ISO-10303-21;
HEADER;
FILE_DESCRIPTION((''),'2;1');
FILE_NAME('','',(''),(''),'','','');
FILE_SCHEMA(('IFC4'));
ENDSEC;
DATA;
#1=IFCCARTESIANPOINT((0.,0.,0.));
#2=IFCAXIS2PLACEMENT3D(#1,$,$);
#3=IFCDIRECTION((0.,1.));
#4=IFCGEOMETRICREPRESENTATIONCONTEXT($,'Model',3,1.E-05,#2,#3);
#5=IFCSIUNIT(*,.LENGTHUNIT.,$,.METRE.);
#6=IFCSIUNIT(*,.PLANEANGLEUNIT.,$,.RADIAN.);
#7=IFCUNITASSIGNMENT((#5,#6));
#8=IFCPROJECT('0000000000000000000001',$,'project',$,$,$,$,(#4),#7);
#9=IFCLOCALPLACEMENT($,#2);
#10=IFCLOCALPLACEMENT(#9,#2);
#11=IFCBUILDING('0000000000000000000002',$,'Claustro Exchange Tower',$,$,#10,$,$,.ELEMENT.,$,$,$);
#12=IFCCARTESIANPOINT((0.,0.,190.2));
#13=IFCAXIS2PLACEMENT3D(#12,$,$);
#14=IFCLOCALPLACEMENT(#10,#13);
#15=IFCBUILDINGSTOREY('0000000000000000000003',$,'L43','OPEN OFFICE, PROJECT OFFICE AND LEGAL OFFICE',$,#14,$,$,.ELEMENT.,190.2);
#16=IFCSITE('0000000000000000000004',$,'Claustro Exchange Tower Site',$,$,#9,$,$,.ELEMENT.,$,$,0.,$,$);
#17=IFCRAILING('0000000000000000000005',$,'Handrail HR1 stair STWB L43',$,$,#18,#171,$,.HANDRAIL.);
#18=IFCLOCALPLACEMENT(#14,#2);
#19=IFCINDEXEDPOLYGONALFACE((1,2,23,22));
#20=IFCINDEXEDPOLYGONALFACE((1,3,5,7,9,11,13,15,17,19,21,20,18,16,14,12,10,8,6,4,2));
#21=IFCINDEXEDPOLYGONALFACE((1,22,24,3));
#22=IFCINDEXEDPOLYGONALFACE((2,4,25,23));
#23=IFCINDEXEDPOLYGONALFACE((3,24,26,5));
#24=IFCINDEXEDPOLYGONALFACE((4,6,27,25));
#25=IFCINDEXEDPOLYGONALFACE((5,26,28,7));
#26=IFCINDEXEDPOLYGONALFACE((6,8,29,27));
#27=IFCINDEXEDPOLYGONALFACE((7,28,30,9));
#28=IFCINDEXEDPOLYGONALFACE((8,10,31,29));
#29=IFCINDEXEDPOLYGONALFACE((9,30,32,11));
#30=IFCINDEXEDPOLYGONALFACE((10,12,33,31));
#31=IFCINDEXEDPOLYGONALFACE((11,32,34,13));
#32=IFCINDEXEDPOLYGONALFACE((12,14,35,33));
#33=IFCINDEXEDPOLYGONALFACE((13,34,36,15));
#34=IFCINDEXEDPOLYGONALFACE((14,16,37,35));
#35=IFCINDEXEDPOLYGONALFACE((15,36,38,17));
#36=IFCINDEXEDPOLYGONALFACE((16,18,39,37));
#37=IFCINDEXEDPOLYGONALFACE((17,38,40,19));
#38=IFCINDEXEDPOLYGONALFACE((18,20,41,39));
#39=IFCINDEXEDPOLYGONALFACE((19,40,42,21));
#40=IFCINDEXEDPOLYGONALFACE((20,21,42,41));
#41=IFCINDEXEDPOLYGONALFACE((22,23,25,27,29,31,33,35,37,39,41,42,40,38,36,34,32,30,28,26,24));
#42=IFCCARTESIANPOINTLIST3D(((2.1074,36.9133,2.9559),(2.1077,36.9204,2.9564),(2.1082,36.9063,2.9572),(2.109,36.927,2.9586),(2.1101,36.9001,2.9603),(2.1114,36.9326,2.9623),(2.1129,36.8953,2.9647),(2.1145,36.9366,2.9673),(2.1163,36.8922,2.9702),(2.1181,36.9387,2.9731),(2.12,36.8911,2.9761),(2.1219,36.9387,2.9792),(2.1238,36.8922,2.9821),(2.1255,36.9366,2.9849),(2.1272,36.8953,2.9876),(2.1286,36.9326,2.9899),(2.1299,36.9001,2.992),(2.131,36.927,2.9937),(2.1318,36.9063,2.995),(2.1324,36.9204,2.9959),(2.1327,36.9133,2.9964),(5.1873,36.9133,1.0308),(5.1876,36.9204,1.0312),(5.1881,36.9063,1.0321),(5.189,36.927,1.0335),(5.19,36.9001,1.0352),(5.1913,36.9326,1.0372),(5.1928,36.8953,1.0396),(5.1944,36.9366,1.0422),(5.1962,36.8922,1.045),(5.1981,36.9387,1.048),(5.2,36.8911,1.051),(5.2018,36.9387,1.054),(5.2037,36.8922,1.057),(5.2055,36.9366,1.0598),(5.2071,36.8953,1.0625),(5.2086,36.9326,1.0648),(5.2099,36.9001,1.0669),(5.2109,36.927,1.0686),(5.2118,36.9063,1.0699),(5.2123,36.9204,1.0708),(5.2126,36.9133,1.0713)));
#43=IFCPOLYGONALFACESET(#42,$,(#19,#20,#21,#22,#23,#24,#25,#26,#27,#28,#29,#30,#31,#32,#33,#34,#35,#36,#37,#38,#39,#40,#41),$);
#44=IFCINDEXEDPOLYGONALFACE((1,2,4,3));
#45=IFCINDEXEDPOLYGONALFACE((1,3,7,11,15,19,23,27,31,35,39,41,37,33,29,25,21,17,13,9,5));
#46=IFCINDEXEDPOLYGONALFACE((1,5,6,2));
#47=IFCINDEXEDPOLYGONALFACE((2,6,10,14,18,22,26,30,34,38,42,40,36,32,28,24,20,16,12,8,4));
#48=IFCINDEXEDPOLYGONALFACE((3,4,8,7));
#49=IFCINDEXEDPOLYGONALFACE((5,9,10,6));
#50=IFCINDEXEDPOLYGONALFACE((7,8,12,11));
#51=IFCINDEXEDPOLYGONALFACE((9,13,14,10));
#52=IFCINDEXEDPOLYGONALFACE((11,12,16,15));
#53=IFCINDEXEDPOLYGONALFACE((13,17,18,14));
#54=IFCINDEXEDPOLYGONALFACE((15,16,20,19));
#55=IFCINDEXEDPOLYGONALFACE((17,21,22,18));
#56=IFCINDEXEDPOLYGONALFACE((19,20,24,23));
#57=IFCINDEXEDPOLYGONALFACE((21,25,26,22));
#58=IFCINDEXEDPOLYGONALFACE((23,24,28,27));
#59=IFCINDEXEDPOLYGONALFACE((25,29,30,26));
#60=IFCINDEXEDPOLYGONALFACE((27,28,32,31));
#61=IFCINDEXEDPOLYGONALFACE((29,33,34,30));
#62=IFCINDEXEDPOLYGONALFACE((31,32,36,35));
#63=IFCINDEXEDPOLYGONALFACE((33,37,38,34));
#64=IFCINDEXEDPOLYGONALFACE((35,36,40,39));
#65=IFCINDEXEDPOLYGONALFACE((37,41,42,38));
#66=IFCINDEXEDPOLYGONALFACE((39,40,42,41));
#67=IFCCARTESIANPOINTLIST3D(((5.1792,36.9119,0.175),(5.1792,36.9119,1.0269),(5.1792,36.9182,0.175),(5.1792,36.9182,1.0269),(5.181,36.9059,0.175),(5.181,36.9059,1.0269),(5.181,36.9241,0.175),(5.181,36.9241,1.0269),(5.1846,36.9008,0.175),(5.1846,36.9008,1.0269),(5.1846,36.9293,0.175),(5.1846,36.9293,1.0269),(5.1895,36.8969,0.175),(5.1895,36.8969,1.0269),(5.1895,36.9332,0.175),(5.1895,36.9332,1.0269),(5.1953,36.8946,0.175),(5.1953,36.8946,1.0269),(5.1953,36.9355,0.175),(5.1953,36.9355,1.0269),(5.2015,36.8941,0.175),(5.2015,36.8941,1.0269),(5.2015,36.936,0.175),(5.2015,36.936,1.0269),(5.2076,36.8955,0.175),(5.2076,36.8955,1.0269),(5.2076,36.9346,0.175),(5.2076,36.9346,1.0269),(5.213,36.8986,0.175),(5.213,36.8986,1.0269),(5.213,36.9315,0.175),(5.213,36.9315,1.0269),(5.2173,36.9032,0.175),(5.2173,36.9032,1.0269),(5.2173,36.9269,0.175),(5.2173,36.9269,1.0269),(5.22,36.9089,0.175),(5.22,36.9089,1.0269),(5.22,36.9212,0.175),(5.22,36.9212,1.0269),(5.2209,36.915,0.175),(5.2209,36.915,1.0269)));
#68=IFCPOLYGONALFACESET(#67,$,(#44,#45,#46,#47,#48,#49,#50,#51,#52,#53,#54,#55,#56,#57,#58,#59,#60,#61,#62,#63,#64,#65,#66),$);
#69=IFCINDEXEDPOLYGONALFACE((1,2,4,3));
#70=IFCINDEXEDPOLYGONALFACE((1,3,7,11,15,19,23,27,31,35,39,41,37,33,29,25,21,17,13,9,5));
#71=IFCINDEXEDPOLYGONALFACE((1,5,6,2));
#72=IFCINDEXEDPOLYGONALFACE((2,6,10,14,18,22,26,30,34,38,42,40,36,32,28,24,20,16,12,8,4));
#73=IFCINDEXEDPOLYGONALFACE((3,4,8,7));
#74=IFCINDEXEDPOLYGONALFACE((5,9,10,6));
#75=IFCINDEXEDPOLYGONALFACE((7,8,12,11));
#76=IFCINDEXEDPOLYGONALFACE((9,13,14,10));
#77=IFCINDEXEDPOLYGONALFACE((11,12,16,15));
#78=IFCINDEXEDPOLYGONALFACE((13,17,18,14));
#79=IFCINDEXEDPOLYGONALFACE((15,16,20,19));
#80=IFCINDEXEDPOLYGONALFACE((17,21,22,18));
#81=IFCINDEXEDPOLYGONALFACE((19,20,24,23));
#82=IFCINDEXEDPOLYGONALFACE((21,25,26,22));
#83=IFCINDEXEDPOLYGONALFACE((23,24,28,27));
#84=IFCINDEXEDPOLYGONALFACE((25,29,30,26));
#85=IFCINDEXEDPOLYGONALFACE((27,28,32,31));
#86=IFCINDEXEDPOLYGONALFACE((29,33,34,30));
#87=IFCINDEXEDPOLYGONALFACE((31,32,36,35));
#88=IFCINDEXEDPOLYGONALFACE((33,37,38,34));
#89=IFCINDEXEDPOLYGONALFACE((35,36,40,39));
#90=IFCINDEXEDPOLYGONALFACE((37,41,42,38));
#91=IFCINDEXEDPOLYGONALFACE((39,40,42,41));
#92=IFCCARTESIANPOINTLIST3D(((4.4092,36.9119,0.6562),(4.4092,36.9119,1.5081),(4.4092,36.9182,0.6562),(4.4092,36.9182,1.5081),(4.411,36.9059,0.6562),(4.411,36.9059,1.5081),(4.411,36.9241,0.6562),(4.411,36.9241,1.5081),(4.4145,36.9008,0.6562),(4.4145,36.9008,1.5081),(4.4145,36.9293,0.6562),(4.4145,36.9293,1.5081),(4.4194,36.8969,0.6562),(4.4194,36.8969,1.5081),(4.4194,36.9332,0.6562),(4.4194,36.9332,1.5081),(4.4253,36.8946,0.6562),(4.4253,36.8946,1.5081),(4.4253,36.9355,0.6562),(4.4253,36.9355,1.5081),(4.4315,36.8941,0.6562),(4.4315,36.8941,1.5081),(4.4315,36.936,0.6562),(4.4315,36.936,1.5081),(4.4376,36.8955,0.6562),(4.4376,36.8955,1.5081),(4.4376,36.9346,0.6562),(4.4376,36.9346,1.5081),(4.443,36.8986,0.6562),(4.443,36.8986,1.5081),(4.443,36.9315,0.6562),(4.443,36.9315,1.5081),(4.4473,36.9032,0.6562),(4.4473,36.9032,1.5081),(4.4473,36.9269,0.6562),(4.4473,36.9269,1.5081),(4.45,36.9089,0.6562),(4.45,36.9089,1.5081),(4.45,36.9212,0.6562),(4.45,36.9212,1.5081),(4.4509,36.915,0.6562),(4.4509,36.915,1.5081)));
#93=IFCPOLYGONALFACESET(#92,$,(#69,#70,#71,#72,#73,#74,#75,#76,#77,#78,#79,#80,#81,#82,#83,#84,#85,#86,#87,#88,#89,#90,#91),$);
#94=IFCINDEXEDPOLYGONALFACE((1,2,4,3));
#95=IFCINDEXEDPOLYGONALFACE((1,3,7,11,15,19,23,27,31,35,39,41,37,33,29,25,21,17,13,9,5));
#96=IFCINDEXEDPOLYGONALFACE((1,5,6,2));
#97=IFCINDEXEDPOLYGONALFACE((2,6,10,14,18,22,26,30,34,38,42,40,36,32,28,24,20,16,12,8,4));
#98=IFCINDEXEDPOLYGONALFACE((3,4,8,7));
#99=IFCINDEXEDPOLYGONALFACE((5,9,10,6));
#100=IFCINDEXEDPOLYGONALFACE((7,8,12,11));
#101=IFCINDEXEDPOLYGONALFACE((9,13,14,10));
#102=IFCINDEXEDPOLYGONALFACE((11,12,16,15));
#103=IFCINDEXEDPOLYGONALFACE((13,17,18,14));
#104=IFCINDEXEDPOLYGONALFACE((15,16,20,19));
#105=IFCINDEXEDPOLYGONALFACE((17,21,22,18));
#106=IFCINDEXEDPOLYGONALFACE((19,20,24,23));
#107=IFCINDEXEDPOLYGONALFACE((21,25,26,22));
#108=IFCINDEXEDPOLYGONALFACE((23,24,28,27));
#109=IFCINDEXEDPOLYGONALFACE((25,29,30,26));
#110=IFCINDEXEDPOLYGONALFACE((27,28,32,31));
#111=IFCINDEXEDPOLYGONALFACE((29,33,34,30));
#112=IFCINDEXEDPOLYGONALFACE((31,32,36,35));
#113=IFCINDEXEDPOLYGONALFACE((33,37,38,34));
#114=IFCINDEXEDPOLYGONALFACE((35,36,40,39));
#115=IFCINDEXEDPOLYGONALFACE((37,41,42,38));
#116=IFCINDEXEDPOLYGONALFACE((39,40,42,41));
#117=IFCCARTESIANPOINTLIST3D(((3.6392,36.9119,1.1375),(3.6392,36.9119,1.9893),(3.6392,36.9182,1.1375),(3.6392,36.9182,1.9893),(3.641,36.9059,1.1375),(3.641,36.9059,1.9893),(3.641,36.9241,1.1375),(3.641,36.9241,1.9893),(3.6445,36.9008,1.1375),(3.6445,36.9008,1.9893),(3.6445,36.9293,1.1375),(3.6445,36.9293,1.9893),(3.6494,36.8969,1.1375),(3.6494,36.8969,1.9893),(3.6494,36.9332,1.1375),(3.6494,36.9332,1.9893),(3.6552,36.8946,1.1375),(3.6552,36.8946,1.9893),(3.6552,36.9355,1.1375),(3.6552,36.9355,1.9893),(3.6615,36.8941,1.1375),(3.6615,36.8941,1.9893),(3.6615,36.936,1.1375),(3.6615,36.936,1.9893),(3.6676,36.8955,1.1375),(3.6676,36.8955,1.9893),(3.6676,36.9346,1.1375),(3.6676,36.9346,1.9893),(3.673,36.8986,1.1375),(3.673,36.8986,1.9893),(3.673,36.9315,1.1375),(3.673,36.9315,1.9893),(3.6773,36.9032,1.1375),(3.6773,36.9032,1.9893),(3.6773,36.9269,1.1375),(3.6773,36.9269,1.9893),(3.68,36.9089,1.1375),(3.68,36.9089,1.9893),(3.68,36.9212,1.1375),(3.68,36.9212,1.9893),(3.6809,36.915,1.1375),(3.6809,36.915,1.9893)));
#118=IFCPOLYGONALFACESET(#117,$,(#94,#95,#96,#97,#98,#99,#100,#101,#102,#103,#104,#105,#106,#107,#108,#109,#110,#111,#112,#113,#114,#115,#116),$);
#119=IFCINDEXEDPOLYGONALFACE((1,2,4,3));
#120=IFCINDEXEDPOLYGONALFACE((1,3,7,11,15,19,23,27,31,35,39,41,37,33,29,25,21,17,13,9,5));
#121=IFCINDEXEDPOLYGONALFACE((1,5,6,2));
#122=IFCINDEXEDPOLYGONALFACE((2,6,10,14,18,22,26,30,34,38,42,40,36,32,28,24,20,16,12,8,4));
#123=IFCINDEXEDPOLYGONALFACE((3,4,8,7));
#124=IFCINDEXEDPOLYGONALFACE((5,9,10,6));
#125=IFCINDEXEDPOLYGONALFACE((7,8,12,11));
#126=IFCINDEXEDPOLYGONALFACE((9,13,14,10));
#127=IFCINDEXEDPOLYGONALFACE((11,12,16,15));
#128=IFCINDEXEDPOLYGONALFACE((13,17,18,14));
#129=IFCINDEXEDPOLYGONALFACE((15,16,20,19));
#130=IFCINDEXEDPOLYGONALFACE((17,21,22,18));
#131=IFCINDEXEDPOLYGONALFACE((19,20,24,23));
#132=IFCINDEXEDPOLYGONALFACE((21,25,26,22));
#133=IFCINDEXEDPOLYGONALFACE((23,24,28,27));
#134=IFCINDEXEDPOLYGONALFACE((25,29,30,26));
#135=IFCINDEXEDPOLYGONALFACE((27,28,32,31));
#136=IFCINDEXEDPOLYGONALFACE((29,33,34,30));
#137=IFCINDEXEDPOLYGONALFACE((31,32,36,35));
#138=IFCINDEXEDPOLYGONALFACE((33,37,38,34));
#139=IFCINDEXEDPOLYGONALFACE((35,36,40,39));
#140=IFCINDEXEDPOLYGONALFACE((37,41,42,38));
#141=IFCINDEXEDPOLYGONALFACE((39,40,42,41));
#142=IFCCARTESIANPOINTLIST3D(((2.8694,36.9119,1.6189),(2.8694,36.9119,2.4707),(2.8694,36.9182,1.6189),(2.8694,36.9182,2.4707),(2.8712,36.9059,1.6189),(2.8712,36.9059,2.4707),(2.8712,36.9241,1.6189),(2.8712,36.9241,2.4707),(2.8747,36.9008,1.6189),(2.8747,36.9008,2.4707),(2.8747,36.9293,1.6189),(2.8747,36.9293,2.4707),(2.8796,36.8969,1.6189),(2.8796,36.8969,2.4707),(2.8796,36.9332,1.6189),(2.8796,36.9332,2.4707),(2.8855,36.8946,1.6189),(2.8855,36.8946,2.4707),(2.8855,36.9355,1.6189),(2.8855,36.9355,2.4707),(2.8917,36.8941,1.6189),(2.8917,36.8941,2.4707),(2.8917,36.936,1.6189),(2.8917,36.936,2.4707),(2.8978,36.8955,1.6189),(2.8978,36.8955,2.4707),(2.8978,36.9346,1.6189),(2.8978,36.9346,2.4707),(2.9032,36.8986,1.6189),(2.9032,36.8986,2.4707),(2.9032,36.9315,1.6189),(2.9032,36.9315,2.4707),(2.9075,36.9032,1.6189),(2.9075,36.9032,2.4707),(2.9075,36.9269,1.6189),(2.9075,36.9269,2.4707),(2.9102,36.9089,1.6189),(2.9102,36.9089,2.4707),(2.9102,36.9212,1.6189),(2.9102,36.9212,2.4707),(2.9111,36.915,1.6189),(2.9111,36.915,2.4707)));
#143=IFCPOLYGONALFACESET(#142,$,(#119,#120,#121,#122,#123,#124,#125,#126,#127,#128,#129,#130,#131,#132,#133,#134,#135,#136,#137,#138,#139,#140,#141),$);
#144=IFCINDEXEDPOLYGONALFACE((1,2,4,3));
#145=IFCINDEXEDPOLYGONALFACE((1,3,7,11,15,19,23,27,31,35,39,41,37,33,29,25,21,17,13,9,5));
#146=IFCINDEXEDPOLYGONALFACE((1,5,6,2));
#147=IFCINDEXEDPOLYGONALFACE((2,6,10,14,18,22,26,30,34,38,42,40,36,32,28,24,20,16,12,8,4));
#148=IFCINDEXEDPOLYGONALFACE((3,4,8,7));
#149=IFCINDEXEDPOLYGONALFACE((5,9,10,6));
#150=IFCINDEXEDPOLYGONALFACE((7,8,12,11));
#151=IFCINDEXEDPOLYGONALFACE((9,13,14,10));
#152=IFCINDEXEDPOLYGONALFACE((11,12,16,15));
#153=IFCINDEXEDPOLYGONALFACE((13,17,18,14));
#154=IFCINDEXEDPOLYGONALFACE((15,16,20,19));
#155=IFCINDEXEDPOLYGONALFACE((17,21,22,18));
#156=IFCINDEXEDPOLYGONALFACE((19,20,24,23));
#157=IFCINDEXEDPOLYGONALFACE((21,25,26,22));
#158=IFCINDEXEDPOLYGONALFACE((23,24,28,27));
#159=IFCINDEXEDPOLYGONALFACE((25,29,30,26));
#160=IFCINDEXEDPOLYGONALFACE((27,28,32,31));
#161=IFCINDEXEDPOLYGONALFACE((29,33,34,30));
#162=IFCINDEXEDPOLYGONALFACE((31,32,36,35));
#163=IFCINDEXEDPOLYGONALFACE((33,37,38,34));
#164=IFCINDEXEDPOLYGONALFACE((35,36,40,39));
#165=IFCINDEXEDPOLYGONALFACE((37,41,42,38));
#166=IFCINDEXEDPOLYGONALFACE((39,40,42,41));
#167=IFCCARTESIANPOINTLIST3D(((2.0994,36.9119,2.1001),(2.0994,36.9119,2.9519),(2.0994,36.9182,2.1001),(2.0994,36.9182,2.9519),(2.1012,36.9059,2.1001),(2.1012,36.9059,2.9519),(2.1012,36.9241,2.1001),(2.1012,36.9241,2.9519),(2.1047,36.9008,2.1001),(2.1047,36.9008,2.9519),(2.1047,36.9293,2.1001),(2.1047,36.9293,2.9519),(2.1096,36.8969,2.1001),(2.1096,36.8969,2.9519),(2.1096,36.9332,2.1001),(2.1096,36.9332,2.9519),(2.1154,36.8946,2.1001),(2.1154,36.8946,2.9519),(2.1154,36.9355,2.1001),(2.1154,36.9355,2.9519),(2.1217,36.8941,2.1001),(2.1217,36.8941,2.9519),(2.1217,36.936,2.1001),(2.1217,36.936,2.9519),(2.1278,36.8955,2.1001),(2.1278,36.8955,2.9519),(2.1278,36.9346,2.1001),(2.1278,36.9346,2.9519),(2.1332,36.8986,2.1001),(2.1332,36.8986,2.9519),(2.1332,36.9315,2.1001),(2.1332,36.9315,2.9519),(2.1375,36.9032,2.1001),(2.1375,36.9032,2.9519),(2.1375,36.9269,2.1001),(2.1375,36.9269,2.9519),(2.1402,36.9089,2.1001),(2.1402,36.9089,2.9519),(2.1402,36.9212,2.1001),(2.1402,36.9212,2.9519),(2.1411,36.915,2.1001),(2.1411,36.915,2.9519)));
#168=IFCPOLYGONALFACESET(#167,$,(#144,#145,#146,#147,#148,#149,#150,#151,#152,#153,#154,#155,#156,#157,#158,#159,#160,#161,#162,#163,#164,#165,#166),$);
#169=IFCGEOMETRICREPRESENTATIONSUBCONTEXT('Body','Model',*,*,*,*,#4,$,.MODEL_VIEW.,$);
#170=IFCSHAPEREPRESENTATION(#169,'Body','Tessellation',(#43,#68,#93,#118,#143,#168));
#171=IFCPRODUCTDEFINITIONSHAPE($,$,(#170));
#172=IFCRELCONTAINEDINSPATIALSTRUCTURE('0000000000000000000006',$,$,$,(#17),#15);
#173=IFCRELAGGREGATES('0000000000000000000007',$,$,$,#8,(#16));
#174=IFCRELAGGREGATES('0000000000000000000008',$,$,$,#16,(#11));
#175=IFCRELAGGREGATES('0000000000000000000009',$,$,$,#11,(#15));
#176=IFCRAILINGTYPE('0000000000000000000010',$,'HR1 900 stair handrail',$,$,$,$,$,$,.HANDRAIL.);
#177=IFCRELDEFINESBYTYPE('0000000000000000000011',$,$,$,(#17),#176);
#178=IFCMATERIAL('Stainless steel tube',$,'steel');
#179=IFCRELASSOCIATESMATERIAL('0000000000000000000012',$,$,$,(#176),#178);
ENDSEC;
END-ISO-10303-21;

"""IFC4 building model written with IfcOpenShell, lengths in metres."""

from ifc_helpers import new_model, si_unit, direction, frame, origin, origin_2d, place, context, subcontext, project, spatial, circle, extrude, material, type_object, element, save


model = new_model("IFC4")

# Units and contexts
model_context = context("Model", 3, precision=1e-05, world=origin(), true_north=direction((0.0, 1.0)))
body_context = subcontext(model_context, "Body", "Model", "MODEL_VIEW")
ifc_project = project(units=[si_unit("LENGTHUNIT", "METRE"), si_unit("PLANEANGLEUNIT", "RADIAN")], contexts=[model_context])

# Site, building, storey
site_placement = place(None, origin())
site = spatial("IfcSite", under=ifc_project, at=site_placement, Name="Claustro Exchange Tower Site", CompositionType="ELEMENT", RefElevation=0.0)
building_placement = place(site_placement, origin())
building = spatial("IfcBuilding", under=site, at=building_placement, Name="Claustro Exchange Tower", CompositionType="ELEMENT")
storey_placement = place(building_placement, frame((0.0, 0.0, 190.2)))
storey = spatial("IfcBuildingStorey", under=building, at=storey_placement, Name="L43", Description="OPEN OFFICE, PROJECT OFFICE AND LEGAL OFFICE", CompositionType="ELEMENT", Elevation=190.2)

# Railing
ifc_material_1 = material(Name="Stainless steel tube", Category="steel")
railing_type_1 = type_object("IfcRailingType", Name="HR1 900 stair handrail", PredefinedType="HANDRAIL", material=ifc_material_1)
railing_1_placement = place(storey_placement, frame((5.2, 36.915, 0.175)))
element("IfcRailing", 1, at=railing_1_placement, inside=storey, type_object=railing_type_1, Name="Handrail HR1 stair STWB L43", PredefinedType="HANDRAIL", context=body_context, shape_type="SweptSolid", body=[
    extrude(circle(Radius=0.0239, at=origin_2d()), frame((0.0, 0.0, 0.876), z_axis=(-0.847979, 0.0, 0.530029), x_axis=(0.0, -1.0, 0.0)), (0.0, 0.0, 1.0), 3.6321),
    extrude(circle(Radius=0.021, at=origin_2d()), origin(), (0.0, 0.0, 1.0), 0.8518),
    extrude(circle(Radius=0.021, at=origin_2d()), frame((-0.77, 0.0, 0.4812)), (0.0, 0.0, 1.0), 0.8518),
    extrude(circle(Radius=0.021, at=origin_2d()), frame((-1.54, 0.0, 0.9624)), (0.0, 0.0, 1.0), 0.8518),
    extrude(circle(Radius=0.021, at=origin_2d()), frame((-2.3098, 0.0, 1.4438)), (0.0, 0.0, 1.0), 0.8518),
    extrude(circle(Radius=0.021, at=origin_2d()), frame((-3.0798, 0.0, 1.925)), (0.0, 0.0, 1.0), 0.8518),
])

save(model, "model.ifc")
